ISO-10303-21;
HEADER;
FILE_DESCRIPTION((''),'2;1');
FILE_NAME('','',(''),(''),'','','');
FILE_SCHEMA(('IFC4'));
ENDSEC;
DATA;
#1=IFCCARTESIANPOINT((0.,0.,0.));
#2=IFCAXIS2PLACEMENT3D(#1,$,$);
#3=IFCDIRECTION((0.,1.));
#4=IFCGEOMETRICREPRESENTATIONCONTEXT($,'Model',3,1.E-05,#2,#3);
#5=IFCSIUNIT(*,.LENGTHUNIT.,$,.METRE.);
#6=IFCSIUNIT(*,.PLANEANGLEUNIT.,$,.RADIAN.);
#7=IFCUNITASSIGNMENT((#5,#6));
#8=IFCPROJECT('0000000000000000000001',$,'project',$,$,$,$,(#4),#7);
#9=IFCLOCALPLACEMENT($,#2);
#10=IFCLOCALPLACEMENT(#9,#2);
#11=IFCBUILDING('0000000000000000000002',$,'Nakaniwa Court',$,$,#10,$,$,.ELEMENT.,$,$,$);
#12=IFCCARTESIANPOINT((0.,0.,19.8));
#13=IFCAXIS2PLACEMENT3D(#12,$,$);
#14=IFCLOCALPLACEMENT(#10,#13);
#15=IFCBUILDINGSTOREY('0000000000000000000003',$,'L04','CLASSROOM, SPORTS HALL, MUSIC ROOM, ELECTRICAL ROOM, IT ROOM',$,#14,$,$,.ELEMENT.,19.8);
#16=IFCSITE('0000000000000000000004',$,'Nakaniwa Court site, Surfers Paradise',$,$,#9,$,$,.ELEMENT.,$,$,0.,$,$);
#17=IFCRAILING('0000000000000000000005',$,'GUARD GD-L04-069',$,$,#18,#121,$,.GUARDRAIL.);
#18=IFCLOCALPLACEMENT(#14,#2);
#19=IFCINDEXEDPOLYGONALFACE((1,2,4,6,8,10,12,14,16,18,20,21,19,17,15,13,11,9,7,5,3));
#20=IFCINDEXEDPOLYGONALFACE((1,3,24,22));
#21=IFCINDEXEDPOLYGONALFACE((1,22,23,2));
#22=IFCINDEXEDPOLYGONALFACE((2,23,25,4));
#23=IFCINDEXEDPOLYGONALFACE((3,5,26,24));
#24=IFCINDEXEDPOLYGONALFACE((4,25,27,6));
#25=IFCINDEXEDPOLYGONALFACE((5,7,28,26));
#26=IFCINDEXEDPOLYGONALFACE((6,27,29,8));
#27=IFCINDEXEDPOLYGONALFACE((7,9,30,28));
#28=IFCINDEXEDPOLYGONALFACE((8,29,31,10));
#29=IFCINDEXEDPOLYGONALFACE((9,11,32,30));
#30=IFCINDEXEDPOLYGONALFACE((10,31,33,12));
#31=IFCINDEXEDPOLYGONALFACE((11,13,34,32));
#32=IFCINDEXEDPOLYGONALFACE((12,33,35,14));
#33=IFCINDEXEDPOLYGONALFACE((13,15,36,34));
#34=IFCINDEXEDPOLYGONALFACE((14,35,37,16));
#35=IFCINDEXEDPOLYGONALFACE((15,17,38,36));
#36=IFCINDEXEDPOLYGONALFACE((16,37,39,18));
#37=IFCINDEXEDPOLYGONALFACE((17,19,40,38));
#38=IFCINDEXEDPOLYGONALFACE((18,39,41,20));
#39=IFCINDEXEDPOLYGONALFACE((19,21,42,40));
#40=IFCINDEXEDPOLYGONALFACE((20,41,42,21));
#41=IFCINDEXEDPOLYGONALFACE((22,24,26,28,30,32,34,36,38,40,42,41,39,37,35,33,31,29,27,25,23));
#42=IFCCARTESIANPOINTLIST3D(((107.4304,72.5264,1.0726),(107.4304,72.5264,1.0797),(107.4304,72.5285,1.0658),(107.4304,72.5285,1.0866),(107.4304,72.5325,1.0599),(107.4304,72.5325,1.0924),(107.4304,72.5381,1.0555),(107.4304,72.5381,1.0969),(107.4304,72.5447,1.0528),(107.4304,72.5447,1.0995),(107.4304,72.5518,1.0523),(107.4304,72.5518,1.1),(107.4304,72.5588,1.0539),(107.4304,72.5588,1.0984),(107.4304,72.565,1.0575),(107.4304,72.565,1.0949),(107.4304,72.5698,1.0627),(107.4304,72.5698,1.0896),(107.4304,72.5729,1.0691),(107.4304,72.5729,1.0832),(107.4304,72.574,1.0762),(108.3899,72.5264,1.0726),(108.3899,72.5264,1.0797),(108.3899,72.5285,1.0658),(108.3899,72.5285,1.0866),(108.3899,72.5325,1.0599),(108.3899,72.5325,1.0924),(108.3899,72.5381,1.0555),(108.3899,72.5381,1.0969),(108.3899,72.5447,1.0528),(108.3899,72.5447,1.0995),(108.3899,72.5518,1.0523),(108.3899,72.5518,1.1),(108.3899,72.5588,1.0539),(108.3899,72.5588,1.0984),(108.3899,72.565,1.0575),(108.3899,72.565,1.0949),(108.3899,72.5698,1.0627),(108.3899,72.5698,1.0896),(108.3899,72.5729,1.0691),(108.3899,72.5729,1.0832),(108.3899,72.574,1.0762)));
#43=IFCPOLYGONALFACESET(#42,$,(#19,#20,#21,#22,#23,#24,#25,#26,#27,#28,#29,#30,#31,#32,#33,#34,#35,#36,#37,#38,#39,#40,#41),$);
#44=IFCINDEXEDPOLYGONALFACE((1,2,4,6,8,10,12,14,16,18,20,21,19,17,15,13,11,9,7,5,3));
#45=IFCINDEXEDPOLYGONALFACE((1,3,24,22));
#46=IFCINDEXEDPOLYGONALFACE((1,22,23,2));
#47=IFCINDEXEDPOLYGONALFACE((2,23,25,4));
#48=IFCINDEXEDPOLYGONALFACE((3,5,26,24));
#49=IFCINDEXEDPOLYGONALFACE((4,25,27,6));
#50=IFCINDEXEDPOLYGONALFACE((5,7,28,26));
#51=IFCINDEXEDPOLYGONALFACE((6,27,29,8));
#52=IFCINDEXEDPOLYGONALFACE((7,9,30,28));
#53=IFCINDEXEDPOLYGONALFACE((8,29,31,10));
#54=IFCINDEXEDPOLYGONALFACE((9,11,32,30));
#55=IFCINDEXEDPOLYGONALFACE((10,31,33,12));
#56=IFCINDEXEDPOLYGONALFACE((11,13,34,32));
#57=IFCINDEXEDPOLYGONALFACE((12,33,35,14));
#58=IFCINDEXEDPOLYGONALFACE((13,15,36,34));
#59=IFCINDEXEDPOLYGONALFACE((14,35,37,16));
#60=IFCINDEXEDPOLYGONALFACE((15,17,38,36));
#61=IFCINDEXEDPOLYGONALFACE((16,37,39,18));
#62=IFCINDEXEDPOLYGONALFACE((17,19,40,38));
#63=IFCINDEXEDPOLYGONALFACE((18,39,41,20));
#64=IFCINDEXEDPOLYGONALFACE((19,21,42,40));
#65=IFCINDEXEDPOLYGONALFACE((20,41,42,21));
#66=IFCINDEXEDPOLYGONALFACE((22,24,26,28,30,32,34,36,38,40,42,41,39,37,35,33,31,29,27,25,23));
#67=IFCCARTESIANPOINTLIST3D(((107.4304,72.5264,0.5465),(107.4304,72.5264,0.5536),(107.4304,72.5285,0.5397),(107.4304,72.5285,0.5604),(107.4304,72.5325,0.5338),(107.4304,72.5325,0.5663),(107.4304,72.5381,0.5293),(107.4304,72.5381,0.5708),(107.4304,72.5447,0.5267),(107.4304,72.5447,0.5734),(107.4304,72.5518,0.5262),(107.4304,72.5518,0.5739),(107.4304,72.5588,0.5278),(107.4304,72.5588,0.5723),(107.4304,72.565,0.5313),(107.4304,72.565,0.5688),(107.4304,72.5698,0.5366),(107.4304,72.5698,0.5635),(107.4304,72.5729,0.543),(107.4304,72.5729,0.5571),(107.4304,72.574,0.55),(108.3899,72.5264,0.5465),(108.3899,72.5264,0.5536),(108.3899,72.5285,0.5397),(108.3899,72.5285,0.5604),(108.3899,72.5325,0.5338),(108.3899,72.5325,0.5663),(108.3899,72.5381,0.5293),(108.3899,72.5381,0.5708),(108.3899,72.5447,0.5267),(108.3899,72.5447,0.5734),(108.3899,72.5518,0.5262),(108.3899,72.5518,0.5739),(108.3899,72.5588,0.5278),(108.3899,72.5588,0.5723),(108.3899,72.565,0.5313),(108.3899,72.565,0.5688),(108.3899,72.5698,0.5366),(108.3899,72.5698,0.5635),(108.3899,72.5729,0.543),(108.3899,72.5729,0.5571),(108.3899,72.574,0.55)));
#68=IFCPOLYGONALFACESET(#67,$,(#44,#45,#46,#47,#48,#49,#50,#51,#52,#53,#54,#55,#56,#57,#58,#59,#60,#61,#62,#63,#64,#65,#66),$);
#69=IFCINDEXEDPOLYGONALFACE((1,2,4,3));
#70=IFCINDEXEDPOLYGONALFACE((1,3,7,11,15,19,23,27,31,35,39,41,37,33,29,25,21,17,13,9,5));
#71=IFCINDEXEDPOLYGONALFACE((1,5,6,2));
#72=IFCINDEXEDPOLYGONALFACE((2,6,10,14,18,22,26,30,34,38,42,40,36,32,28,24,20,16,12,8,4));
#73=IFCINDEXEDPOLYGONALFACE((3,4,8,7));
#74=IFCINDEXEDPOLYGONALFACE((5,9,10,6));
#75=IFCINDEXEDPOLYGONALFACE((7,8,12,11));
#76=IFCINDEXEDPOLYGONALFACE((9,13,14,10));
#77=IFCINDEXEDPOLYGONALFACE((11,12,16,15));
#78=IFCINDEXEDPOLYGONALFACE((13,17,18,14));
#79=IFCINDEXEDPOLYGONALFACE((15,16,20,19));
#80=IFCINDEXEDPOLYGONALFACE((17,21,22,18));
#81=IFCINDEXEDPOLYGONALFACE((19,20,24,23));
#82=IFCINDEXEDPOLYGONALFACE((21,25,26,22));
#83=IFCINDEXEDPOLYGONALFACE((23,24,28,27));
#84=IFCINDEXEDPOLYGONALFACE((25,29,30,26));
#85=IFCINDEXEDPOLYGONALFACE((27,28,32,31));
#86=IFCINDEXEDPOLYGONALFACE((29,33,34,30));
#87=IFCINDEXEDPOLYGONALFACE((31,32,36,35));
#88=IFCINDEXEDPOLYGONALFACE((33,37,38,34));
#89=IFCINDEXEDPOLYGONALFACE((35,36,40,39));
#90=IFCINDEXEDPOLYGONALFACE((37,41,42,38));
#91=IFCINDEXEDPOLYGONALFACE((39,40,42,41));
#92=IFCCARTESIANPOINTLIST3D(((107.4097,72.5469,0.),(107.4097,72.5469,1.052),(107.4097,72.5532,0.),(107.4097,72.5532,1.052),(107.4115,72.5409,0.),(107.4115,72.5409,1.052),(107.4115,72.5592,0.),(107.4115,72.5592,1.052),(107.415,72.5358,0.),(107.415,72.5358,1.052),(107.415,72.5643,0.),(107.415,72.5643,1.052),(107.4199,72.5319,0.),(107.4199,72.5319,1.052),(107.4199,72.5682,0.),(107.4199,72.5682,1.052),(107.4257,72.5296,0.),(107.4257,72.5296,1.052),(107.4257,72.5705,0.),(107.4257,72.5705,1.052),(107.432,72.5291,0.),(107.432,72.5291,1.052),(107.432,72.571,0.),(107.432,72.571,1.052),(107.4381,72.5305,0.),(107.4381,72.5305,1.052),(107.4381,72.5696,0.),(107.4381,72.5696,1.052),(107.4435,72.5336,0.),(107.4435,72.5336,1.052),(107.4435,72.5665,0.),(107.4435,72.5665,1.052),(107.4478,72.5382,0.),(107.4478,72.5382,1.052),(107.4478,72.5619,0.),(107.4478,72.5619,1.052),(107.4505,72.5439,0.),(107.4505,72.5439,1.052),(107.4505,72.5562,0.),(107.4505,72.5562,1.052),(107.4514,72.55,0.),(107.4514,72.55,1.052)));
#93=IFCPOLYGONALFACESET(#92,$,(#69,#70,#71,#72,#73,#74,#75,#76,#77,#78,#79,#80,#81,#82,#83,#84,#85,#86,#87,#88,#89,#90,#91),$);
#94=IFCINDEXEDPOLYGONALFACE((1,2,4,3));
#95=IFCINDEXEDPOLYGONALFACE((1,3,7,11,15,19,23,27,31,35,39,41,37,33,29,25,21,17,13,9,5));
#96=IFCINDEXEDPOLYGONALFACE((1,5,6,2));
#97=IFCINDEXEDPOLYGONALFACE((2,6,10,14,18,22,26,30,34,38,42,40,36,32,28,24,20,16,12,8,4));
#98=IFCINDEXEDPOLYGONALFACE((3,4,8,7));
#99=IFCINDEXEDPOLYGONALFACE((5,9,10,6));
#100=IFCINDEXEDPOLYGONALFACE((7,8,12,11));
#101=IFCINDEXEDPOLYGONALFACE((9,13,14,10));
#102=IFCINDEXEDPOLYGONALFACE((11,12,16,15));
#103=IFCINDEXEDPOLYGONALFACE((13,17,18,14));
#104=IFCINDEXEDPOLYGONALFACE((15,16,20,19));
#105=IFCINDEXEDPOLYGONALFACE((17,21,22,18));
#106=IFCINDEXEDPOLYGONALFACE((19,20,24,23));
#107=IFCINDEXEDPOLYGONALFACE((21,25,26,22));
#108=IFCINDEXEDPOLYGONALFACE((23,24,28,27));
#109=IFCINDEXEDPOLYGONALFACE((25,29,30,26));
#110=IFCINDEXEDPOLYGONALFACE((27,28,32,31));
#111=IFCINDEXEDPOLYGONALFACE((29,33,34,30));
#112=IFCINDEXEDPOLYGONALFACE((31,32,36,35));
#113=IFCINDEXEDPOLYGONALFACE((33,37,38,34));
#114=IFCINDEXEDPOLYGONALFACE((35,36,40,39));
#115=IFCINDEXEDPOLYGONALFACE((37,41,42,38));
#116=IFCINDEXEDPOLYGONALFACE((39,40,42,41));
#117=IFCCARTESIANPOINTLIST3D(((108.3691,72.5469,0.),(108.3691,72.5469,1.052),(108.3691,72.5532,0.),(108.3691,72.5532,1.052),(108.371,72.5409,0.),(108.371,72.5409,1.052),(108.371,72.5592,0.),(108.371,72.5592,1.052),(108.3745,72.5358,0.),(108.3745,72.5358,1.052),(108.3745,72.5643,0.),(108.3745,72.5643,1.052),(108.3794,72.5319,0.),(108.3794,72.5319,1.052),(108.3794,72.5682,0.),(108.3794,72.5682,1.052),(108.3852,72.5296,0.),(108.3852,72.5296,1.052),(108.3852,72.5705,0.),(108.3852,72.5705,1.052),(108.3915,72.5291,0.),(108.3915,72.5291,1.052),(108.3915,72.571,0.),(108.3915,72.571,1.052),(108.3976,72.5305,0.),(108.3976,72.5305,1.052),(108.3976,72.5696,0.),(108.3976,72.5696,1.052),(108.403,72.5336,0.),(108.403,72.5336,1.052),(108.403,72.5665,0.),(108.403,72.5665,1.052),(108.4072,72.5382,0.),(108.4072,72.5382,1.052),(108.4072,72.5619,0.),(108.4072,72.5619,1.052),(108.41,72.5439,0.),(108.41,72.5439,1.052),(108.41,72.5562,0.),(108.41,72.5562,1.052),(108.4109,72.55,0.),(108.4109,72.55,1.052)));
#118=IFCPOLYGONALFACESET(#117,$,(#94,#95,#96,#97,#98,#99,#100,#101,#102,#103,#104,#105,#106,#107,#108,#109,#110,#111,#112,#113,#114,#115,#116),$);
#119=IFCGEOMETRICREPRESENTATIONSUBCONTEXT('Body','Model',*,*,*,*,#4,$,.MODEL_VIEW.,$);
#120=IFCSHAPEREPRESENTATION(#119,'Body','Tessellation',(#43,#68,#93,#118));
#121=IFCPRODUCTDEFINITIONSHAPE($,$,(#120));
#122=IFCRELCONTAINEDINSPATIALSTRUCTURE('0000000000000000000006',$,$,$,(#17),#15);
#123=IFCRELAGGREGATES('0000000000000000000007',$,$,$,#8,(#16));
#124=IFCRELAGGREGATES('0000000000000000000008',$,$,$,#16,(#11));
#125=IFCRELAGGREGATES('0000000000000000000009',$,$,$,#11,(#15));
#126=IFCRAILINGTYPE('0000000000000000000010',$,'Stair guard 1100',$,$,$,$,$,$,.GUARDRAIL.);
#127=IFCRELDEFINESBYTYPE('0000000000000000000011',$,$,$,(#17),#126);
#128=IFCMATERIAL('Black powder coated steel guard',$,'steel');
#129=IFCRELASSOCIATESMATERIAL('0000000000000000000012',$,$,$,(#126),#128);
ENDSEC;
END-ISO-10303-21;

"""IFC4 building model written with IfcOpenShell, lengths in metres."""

from ifc_helpers import new_model, si_unit, direction, frame, origin, origin_2d, place, context, subcontext, project, spatial, circle, extrude, material, type_object, element, save


model = new_model("IFC4")

# Units and contexts
model_context = context("Model", 3, precision=1e-05, world=origin(), true_north=direction((0.0, 1.0)))
body_context = subcontext(model_context, "Body", "Model", "MODEL_VIEW")
ifc_project = project(units=[si_unit("LENGTHUNIT", "METRE"), si_unit("PLANEANGLEUNIT", "RADIAN")], contexts=[model_context])

# Site, building, storey
site_placement = place(None, origin())
site = spatial("IfcSite", under=ifc_project, at=site_placement, Name="Nakaniwa Court site, Surfers Paradise", CompositionType="ELEMENT", RefElevation=0.0)
building_placement = place(site_placement, origin())
building = spatial("IfcBuilding", under=site, at=building_placement, Name="Nakaniwa Court", CompositionType="ELEMENT")
storey_placement = place(building_placement, frame((0.0, 0.0, 19.8)))
storey = spatial("IfcBuildingStorey", under=building, at=storey_placement, Name="L04", Description="CLASSROOM, SPORTS HALL, MUSIC ROOM, ELECTRICAL ROOM, IT ROOM", CompositionType="ELEMENT", Elevation=19.8)

# Railing
ifc_material_1 = material(Name="Black powder coated steel guard", Category="steel")
railing_type_1 = type_object("IfcRailingType", Name="Stair guard 1100", PredefinedType="GUARDRAIL", material=ifc_material_1)
railing_1_placement = place(storey_placement, frame((107.4304, 72.55, 0.0)))
element("IfcRailing", 1, at=railing_1_placement, inside=storey, type_object=railing_type_1, Name="GUARD GD-L04-069", PredefinedType="GUARDRAIL", context=body_context, shape_type="SweptSolid", body=[
    extrude(circle(Radius=0.0239, at=origin_2d()), frame((0.0, 0.0, 1.0762), z_axis=(1.0, 0.0, 0.0), x_axis=(0.0, 1.0, 0.0)), (0.0, 0.0, 1.0), 0.9595),
    extrude(circle(Radius=0.0239, at=origin_2d()), frame((0.0, 0.0, 0.55), z_axis=(1.0, 0.0, 0.0), x_axis=(0.0, 1.0, 0.0)), (0.0, 0.0, 1.0), 0.9595),
    extrude(circle(Radius=0.021, at=origin_2d()), origin(), (0.0, 0.0, 1.0), 1.052),
    extrude(circle(Radius=0.021, at=origin_2d()), frame((0.9595, 0.0, 0.0)), (0.0, 0.0, 1.0), 1.052),
])

save(model, "model.ifc")
